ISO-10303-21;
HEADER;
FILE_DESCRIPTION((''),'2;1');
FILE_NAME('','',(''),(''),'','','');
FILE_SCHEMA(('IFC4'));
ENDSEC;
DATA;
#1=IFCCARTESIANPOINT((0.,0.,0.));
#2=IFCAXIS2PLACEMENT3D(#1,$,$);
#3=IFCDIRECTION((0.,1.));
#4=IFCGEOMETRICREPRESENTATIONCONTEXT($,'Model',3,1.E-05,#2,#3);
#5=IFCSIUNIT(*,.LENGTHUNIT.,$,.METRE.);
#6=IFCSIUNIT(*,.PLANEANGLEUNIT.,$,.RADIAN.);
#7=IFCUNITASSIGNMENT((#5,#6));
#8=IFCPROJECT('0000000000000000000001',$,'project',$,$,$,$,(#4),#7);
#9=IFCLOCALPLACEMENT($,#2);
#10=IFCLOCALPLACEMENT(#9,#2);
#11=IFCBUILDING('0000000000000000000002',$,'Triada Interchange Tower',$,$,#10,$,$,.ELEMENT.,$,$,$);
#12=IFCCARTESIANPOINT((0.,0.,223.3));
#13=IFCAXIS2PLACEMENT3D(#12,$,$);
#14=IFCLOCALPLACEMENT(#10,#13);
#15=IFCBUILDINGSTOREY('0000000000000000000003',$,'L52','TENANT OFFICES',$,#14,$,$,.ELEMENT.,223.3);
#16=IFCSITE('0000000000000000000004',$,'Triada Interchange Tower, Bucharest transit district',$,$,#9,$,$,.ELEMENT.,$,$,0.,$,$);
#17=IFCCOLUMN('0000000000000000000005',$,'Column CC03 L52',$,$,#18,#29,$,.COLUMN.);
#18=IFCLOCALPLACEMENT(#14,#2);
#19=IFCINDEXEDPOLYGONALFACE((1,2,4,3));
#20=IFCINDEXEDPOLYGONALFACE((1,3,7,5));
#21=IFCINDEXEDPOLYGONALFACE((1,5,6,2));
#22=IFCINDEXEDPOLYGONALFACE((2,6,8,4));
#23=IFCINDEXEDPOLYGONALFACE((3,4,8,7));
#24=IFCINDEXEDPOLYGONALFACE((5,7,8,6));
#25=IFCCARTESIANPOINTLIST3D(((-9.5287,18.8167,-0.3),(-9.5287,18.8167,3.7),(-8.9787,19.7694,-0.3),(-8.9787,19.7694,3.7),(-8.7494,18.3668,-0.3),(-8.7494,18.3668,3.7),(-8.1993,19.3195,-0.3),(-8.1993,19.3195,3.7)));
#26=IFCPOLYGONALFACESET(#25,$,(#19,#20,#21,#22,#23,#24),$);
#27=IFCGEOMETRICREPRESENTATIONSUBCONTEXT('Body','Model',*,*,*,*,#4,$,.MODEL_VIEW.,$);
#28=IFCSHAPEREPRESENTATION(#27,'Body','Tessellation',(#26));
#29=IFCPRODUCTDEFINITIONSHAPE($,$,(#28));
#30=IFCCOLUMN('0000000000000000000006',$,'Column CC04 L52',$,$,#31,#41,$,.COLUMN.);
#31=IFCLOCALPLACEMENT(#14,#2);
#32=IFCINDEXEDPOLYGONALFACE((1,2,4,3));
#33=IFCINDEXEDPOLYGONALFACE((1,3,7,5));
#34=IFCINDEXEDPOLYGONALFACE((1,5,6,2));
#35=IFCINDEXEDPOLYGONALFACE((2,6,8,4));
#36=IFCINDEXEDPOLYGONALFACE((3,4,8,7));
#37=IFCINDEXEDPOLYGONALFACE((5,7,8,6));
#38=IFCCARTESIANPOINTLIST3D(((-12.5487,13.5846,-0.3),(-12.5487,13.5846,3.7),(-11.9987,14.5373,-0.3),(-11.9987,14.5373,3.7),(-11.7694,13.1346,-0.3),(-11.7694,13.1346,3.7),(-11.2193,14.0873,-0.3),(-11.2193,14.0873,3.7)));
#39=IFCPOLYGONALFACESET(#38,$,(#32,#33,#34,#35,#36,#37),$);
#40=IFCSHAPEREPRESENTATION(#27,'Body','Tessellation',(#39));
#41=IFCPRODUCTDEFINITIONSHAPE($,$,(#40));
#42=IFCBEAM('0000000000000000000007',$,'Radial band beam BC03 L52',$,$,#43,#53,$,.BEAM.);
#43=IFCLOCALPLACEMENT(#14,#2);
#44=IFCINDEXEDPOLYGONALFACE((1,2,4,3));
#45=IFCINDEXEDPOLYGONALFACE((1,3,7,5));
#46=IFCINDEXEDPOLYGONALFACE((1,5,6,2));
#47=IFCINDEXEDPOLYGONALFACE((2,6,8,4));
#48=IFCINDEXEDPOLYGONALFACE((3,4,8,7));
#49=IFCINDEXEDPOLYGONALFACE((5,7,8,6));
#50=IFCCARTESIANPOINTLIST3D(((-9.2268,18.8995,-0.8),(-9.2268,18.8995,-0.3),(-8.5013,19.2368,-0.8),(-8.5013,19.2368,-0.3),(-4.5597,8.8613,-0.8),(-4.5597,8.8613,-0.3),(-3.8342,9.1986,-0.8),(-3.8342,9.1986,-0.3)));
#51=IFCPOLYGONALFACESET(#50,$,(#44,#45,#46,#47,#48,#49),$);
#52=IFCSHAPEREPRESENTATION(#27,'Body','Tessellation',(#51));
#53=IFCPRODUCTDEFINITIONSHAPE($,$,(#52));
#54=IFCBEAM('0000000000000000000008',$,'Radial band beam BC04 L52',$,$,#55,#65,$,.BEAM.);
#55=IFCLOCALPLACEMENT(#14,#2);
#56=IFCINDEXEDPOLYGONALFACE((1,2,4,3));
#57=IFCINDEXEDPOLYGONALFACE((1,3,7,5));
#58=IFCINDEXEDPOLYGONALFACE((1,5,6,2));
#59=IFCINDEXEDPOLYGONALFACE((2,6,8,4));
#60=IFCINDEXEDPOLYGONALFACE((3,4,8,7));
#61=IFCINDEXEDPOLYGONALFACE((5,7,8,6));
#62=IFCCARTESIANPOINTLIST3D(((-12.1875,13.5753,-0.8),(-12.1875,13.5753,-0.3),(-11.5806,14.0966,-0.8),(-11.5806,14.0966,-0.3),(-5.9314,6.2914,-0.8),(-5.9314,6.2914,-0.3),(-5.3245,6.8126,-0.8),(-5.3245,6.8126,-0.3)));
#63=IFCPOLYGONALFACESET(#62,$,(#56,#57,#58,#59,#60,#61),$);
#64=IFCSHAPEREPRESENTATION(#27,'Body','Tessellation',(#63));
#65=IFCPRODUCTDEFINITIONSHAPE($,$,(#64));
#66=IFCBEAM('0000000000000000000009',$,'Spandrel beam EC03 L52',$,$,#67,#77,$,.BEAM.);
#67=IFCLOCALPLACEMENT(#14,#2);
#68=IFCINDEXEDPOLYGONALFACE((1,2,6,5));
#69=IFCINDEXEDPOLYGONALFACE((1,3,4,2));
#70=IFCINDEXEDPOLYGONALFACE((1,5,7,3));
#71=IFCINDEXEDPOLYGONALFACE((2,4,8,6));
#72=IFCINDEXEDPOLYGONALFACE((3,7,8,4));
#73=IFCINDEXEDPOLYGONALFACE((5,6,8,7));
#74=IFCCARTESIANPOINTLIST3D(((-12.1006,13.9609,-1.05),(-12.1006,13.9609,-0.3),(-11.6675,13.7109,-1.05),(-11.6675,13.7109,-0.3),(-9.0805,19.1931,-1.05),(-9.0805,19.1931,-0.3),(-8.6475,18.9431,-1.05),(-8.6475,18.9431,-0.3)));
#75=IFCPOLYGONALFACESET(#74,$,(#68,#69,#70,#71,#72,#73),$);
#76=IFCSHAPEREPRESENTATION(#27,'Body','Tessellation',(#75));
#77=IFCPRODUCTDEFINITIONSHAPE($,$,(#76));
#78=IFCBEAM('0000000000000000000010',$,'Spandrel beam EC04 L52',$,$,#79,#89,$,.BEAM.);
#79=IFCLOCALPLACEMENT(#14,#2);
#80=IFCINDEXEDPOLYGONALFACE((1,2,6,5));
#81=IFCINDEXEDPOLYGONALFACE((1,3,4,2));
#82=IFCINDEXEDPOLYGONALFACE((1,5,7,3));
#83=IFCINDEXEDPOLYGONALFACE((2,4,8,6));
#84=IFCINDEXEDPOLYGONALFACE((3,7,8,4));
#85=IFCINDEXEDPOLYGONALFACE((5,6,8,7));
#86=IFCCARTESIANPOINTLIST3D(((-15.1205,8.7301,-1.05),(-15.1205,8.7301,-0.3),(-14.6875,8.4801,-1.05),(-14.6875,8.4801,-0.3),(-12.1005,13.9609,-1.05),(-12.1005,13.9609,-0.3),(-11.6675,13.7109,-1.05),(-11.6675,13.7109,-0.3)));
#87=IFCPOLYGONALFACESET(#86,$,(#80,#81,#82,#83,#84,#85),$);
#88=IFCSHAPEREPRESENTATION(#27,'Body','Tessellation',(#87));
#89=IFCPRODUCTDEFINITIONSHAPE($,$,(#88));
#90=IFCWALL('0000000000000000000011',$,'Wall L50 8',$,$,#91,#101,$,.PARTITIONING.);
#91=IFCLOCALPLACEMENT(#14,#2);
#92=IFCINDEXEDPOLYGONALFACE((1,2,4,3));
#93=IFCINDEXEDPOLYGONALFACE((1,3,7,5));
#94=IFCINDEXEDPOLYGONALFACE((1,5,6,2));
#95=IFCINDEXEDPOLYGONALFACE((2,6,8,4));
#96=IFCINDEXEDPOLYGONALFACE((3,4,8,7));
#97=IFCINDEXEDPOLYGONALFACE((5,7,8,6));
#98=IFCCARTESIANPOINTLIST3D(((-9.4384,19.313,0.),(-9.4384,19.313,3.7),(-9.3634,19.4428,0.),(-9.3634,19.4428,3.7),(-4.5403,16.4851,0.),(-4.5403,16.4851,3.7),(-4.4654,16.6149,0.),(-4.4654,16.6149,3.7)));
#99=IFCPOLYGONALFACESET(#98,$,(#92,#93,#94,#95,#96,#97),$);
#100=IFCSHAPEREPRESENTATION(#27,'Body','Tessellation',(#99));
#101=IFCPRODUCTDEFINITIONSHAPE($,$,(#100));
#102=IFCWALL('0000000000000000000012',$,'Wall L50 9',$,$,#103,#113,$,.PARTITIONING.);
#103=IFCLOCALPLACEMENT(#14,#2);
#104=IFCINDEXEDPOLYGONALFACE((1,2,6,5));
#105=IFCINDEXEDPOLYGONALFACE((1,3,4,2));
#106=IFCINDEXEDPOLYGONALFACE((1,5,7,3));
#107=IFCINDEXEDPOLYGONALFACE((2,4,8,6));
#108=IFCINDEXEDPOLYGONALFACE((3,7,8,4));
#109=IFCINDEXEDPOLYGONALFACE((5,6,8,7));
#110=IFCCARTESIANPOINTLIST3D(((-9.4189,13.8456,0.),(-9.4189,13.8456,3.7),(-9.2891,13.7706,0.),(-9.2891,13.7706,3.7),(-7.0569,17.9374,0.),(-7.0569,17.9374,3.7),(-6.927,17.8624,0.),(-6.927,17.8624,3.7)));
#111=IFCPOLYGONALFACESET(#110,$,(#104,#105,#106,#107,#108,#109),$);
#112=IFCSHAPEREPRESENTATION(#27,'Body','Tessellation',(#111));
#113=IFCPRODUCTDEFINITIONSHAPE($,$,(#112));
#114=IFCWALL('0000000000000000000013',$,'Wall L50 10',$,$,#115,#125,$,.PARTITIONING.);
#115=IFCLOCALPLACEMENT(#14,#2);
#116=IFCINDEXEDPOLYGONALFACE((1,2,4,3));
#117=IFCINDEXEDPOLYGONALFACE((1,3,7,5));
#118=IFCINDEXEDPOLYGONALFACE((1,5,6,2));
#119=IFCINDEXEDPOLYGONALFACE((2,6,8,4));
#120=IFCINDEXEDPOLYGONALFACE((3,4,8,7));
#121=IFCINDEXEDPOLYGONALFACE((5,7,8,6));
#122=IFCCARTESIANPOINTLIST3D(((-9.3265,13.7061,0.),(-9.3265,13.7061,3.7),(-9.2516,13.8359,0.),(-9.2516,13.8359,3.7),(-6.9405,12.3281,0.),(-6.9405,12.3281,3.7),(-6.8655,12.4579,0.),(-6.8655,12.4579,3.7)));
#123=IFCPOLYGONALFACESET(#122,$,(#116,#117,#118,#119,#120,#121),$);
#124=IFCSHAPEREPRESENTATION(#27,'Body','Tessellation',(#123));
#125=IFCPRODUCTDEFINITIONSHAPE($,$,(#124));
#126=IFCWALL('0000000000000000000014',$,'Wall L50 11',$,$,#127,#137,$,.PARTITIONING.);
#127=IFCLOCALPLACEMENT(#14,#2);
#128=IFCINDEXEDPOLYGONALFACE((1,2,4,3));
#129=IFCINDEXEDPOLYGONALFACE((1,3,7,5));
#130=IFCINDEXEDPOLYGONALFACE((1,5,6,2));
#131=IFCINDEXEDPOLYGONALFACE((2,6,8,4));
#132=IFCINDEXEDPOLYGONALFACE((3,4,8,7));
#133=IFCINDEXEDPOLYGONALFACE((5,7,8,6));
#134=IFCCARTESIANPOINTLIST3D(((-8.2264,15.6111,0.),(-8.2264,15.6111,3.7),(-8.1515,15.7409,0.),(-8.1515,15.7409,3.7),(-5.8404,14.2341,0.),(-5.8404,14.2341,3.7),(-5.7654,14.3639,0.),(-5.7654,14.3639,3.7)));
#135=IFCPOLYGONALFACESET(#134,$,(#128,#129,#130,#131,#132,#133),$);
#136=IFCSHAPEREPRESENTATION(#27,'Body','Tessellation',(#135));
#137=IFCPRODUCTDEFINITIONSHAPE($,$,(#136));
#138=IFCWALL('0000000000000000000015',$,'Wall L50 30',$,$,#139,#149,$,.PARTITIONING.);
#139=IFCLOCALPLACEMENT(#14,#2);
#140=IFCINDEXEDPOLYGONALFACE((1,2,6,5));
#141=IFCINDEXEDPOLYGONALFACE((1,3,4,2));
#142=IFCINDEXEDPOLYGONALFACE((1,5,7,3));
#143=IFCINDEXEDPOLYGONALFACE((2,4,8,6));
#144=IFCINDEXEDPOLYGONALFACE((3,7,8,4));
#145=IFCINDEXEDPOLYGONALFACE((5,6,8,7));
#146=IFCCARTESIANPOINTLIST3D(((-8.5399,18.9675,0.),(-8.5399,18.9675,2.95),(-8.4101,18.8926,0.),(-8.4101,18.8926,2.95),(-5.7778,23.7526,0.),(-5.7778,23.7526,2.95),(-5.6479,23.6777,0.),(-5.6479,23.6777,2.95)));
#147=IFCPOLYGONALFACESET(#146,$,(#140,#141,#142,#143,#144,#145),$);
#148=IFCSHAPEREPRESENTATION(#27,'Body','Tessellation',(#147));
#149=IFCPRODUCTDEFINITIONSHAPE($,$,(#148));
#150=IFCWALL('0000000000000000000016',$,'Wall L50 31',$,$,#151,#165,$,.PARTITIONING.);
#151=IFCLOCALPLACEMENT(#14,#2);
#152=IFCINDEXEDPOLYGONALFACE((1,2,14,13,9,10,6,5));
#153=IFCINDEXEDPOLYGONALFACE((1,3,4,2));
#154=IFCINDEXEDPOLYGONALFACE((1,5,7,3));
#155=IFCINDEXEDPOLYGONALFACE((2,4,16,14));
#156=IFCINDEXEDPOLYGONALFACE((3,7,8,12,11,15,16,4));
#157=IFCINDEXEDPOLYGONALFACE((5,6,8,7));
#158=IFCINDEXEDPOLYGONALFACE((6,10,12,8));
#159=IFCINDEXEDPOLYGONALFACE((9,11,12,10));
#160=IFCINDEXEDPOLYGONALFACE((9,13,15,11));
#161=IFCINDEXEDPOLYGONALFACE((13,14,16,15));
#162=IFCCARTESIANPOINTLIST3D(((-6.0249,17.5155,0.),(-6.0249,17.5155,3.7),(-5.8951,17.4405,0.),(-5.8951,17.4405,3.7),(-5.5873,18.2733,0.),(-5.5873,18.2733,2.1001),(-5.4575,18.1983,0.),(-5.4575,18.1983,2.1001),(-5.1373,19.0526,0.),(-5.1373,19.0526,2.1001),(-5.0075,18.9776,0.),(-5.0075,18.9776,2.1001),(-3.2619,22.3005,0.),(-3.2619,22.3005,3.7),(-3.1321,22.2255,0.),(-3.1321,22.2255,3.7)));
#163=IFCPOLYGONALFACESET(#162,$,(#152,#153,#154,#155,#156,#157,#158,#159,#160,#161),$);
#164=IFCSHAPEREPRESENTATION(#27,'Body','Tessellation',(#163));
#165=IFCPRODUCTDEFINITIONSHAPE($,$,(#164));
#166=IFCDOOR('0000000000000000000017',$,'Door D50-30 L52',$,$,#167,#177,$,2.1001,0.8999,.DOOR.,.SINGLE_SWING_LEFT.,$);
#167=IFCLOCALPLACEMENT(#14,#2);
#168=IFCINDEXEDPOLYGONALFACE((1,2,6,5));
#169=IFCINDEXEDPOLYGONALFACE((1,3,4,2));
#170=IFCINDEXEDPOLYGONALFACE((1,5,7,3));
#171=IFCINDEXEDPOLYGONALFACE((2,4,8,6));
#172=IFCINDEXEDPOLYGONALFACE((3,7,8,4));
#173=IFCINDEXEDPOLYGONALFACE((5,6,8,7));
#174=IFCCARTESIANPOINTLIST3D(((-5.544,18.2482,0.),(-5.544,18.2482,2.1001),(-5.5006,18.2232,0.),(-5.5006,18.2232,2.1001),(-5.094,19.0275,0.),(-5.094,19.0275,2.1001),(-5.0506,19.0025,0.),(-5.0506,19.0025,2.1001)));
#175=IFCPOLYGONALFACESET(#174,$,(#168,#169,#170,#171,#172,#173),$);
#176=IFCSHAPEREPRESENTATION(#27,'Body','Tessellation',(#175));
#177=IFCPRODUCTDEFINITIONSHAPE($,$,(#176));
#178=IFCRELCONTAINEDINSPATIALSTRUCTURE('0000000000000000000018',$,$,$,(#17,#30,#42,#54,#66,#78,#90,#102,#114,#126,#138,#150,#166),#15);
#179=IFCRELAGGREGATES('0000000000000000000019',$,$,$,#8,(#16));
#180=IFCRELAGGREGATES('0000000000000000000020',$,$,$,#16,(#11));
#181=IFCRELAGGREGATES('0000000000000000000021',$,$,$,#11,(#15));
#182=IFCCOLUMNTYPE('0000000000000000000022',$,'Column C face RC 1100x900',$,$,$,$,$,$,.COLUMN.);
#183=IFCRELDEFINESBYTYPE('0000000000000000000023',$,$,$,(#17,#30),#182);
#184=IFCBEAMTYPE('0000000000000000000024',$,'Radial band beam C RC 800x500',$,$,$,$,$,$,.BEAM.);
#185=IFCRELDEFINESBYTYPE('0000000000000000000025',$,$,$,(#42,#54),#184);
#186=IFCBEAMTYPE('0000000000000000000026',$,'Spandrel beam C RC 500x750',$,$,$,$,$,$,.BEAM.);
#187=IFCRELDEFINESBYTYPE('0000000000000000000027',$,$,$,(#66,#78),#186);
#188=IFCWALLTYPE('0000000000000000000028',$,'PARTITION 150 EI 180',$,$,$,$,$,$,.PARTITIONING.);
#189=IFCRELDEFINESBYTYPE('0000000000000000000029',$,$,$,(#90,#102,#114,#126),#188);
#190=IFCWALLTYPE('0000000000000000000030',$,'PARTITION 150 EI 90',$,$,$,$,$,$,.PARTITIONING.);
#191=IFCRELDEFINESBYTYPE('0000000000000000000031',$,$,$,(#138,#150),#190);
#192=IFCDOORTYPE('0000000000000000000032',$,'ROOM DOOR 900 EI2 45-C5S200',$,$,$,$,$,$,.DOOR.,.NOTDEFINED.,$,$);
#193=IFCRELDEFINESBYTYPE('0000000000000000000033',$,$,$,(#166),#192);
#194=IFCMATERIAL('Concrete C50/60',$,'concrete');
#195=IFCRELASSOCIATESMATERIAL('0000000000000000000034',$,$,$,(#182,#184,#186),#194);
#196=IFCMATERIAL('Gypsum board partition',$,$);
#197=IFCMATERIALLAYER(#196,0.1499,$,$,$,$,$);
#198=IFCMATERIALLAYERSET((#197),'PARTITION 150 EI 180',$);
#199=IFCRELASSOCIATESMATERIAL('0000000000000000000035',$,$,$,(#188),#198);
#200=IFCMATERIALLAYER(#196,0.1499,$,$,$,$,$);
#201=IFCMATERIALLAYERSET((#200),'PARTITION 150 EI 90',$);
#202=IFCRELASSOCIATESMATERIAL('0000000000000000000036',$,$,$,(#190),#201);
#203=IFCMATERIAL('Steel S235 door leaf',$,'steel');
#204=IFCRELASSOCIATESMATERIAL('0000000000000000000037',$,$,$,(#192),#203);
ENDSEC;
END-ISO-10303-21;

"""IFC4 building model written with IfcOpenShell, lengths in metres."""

from ifc_helpers import new_model, si_unit, direction, frame, frame_2d, origin, origin_2d, place, context, subcontext, project, spatial, rectangle, extrude, material, layer, layer_set, material_profile, profile_set, type_object, element, fill, save


model = new_model("IFC4")

# Units and contexts
model_context = context("Model", 3, precision=1e-05, world=origin(), true_north=direction((0.0, 1.0)))
body_context = subcontext(model_context, "Body", "Model", "MODEL_VIEW")
ifc_project = project(units=[si_unit("LENGTHUNIT", "METRE"), si_unit("PLANEANGLEUNIT", "RADIAN")], contexts=[model_context])

# Site, building, storey
site_placement = place(None, origin())
site = spatial("IfcSite", under=ifc_project, at=site_placement, Name="Triada Interchange Tower, Bucharest transit district", CompositionType="ELEMENT", RefElevation=0.0)
building_placement = place(site_placement, origin())
building = spatial("IfcBuilding", under=site, at=building_placement, Name="Triada Interchange Tower", CompositionType="ELEMENT")
storey_placement = place(building_placement, frame((0.0, 0.0, 223.3)))
storey = spatial("IfcBuildingStorey", under=building, at=storey_placement, Name="L52", Description="TENANT OFFICES", CompositionType="ELEMENT", Elevation=223.3)

# Columns
ifc_material_1 = material(Name="Concrete C50/60", Category="concrete")
ifc_material_profile_1 = material_profile(ifc_material_1, rectangle(XDim=1.1001, YDim=0.8999, at=origin_2d()), Name="RC 1100x900")
ifc_profile_set_1 = profile_set([ifc_material_profile_1], Name="Concrete C50/60")
column_type = type_object("IfcColumnType", Name="Column C face RC 1100x900", PredefinedType="COLUMN", material=ifc_profile_set_1)
for number, where, z_axis, x_axis, name in (
    (1, (-8.864, 19.0681, -0.3), (0.0, 0.0, 1.0), (0.5, 0.866025, 0.0), "Column CC03 L52"),
    (2, (-11.884, 13.8359, -0.3), (0.0, 0.0, 1.0), (0.5, 0.866025, 0.0), "Column CC04 L52"),
):
    element("IfcColumn", number, at=place(storey_placement, frame(where, z_axis=z_axis, x_axis=x_axis)), inside=storey, type_object=column_type, Name=name, PredefinedType="COLUMN", context=body_context, shape_type="SweptSolid", body=[
        extrude(rectangle(XDim=1.1001, YDim=0.8999, at=origin_2d()), origin(), (0.0, 0.0, 1.0), 4.0),
    ])

# Beams
ifc_material_profile_2 = material_profile(ifc_material_1, rectangle(XDim=0.8, YDim=0.5, at=origin_2d()), Name="RC 800x500")
ifc_profile_set_2 = profile_set([ifc_material_profile_2], Name="Concrete C50/60")
beam_type_1 = type_object("IfcBeamType", Name="Radial band beam C RC 800x500", PredefinedType="BEAM", material=ifc_profile_set_2)
beam_1_placement = place(storey_placement, frame((-8.864, 19.0681, -0.55), z_axis=(0.421591, -0.906786, 0.0), x_axis=(0.906786, 0.421591, 0.0)))
element("IfcBeam", 3, at=beam_1_placement, inside=storey, type_object=beam_type_1, Name="Radial band beam BC03 L52", PredefinedType="BEAM", context=body_context, shape_type="SweptSolid", body=[
    extrude(rectangle(XDim=0.8, YDim=0.5, at=origin_2d()), origin(), (0.0, 0.0, 1.0), 11.0701),
])
beam_2_placement = place(storey_placement, frame((-11.884, 13.8359, -0.55), z_axis=(0.651555, -0.758601, 0.0), x_axis=(0.758601, 0.651555, 0.0)))
element("IfcBeam", 4, at=beam_2_placement, inside=storey, type_object=beam_type_1, Name="Radial band beam BC04 L52", PredefinedType="BEAM", context=body_context, shape_type="SweptSolid", body=[
    extrude(rectangle(XDim=0.8, YDim=0.5, at=origin_2d()), origin(), (0.0, 0.0, 1.0), 9.6018),
])
ifc_material_profile_3 = material_profile(ifc_material_1, rectangle(XDim=0.5, YDim=0.75, at=origin_2d()), Name="RC 500x750")
ifc_profile_set_3 = profile_set([ifc_material_profile_3], Name="Concrete C50/60")
beam_type_2 = type_object("IfcBeamType", Name="Spandrel beam C RC 500x750", PredefinedType="BEAM", material=ifc_profile_set_3)
beam_3_placement = place(storey_placement, frame((-8.864, 19.0681, -0.675), z_axis=(-0.499903, -0.866081, 0.0), x_axis=(0.866081, -0.499903, 0.0)))
element("IfcBeam", 5, at=beam_3_placement, inside=storey, type_object=beam_type_2, Name="Spandrel beam EC03 L52", PredefinedType="BEAM", context=body_context, shape_type="SweptSolid", body=[
    extrude(rectangle(XDim=0.5, YDim=0.75, at=origin_2d()), origin(), (0.0, 0.0, 1.0), 6.0413),
])
beam_4_placement = place(storey_placement, frame((-11.884, 13.8359, -0.675), z_axis=(-0.499991, -0.866031, 0.0), x_axis=(0.866031, -0.499991, 0.0)))
element("IfcBeam", 6, at=beam_4_placement, inside=storey, type_object=beam_type_2, Name="Spandrel beam EC04 L52", PredefinedType="BEAM", context=body_context, shape_type="SweptSolid", body=[
    extrude(rectangle(XDim=0.5, YDim=0.75, at=origin_2d()), origin(), (0.0, 0.0, 1.0), 6.04),
])

# Shared definitions
ifc_material_2 = material(Name="Steel S235 door leaf", Category="steel")

# Walls
ifc_material_3 = material(Name="Gypsum board partition")
ifc_layer_1 = layer(ifc_material_3, 0.1499)
ifc_layer_set_1 = layer_set([ifc_layer_1], Name="PARTITION 150 EI 180")
wall_type_1 = type_object("IfcWallType", Name="PARTITION 150 EI 180", PredefinedType="PARTITIONING", material=ifc_layer_set_1)
wall_1_placement = place(storey_placement, frame((-9.4009, 19.3779, 0.0), z_axis=(0.0, 0.0, 1.0), x_axis=(0.866022, -0.500006, 0.0)))
element("IfcWall", 7, at=wall_1_placement, inside=storey, type_object=wall_type_1, Name="Wall L50 8", PredefinedType="PARTITIONING", context=body_context, shape_type="SweptSolid", body=[
    extrude(rectangle(XDim=5.6558, YDim=0.1499, at=frame_2d((2.8279, 0.0))), origin(), (0.0, 0.0, 1.0), 3.7),
])
wall_2_placement = place(storey_placement, frame((-9.354, 13.8081, 0.0), z_axis=(0.0, 0.0, 1.0), x_axis=(0.499946, 0.866057, 0.0)))
element("IfcWall", 8, at=wall_2_placement, inside=storey, type_object=wall_type_1, Name="Wall L50 9", PredefinedType="PARTITIONING", context=body_context, shape_type="SweptSolid", body=[
    extrude(rectangle(XDim=4.7246, YDim=0.1499, at=frame_2d((2.3623, 0.0))), origin(), (0.0, 0.0, 1.0), 3.7),
])
wall_3_placement = place(storey_placement, frame((-9.2891, 13.771, 0.0), z_axis=(0.0, 0.0, 1.0), x_axis=(0.865966, -0.500103, 0.0)))
element("IfcWall", 9, at=wall_3_placement, inside=storey, type_object=wall_type_1, Name="Wall L50 10", PredefinedType="PARTITIONING", context=body_context, shape_type="SweptSolid", body=[
    extrude(rectangle(XDim=2.7554, YDim=0.1499, at=frame_2d((1.3777, 0.0))), origin(), (0.0, 0.0, 1.0), 3.7),
])
wall_4_placement = place(storey_placement, frame((-8.189, 15.676, 0.0), z_axis=(0.0, 0.0, 1.0), x_axis=(0.866119, -0.499838, 0.0)))
element("IfcWall", 10, at=wall_4_placement, inside=storey, type_object=wall_type_1, Name="Wall L50 11", PredefinedType="PARTITIONING", context=body_context, shape_type="SweptSolid", body=[
    extrude(rectangle(XDim=2.7549, YDim=0.1499, at=frame_2d((1.3774, 0.0))), origin(), (0.0, 0.0, 1.0), 3.7),
])
ifc_layer_2 = layer(ifc_material_3, 0.1499)
ifc_layer_set_2 = layer_set([ifc_layer_2], Name="PARTITION 150 EI 90")
wall_type_2 = type_object("IfcWallType", Name="PARTITION 150 EI 90", PredefinedType="PARTITIONING", material=ifc_layer_set_2)
wall_5_placement = place(storey_placement, frame((-8.4751, 18.9299, 0.0), z_axis=(0.0, 0.0, 1.0), x_axis=(0.499932, 0.866065, 0.0)))
element("IfcWall", 11, at=wall_5_placement, inside=storey, type_object=wall_type_2, Name="Wall L50 30", PredefinedType="PARTITIONING", context=body_context, shape_type="SweptSolid", body=[
    extrude(rectangle(XDim=5.5251, YDim=0.1499, at=frame_2d((2.7627, 0.0))), origin(), (0.0, 0.0, 1.0), 2.95),
])

# Wall, opening, door
wall_6_placement = place(storey_placement, frame((-5.96, 17.478, 0.0), z_axis=(0.0, 0.0, 1.0), x_axis=(0.50005, 0.865996, 0.0)))
wall_6 = element("IfcWall", 12, at=wall_6_placement, inside=storey, type_object=wall_type_2, Name="Wall L50 31", PredefinedType="PARTITIONING", context=body_context, shape_type="SweptSolid", body=[
    extrude(rectangle(XDim=5.5254, YDim=0.1499, at=frame_2d((2.7627, 0.0))), origin(), (0.0, 0.0, 1.0), 3.7),
])
opening_1_placement = place(wall_6_placement, frame((0.875, 0.0, 0.0)))
opening_1 = element("IfcOpeningElement", 13, at=opening_1_placement, cuts=wall_6, PredefinedType="OPENING", context=body_context, shape_type="SweptSolid", body=[
    extrude(rectangle(XDim=0.8999, YDim=2.1001, at=frame_2d((0.45, 1.05))), frame((0.0, 0.085, 0.0), z_axis=(0.0, -1.0, 0.0), x_axis=(1.0, 0.0, 0.0)), (0.0, 0.0, 1.0), 0.1699),
])
door_type_1 = type_object("IfcDoorType", Name="ROOM DOOR 900 EI2 45-C5S200", OperationType="NOTDEFINED", PredefinedType="DOOR", material=ifc_material_2)
door_1_placement = place(opening_1_placement, origin())
door_1 = element("IfcDoor", 14, at=door_1_placement, inside=storey, type_object=door_type_1, Name="Door D50-30 L52", OperationType="SINGLE_SWING_LEFT", OverallHeight=2.1001, OverallWidth=0.8999, PredefinedType="DOOR", context=body_context, shape_type="SweptSolid", body=[
    extrude(rectangle(XDim=0.8999, YDim=2.1001, at=frame_2d((0.45, 1.05))), frame((0.0, 0.0249, 0.0), z_axis=(0.0, -1.0, 0.0), x_axis=(1.0, 0.0, 0.0)), (0.0, 0.0, 1.0), 0.05),
])
fill(opening_1, door_1)

save(model, "model.ifc")
